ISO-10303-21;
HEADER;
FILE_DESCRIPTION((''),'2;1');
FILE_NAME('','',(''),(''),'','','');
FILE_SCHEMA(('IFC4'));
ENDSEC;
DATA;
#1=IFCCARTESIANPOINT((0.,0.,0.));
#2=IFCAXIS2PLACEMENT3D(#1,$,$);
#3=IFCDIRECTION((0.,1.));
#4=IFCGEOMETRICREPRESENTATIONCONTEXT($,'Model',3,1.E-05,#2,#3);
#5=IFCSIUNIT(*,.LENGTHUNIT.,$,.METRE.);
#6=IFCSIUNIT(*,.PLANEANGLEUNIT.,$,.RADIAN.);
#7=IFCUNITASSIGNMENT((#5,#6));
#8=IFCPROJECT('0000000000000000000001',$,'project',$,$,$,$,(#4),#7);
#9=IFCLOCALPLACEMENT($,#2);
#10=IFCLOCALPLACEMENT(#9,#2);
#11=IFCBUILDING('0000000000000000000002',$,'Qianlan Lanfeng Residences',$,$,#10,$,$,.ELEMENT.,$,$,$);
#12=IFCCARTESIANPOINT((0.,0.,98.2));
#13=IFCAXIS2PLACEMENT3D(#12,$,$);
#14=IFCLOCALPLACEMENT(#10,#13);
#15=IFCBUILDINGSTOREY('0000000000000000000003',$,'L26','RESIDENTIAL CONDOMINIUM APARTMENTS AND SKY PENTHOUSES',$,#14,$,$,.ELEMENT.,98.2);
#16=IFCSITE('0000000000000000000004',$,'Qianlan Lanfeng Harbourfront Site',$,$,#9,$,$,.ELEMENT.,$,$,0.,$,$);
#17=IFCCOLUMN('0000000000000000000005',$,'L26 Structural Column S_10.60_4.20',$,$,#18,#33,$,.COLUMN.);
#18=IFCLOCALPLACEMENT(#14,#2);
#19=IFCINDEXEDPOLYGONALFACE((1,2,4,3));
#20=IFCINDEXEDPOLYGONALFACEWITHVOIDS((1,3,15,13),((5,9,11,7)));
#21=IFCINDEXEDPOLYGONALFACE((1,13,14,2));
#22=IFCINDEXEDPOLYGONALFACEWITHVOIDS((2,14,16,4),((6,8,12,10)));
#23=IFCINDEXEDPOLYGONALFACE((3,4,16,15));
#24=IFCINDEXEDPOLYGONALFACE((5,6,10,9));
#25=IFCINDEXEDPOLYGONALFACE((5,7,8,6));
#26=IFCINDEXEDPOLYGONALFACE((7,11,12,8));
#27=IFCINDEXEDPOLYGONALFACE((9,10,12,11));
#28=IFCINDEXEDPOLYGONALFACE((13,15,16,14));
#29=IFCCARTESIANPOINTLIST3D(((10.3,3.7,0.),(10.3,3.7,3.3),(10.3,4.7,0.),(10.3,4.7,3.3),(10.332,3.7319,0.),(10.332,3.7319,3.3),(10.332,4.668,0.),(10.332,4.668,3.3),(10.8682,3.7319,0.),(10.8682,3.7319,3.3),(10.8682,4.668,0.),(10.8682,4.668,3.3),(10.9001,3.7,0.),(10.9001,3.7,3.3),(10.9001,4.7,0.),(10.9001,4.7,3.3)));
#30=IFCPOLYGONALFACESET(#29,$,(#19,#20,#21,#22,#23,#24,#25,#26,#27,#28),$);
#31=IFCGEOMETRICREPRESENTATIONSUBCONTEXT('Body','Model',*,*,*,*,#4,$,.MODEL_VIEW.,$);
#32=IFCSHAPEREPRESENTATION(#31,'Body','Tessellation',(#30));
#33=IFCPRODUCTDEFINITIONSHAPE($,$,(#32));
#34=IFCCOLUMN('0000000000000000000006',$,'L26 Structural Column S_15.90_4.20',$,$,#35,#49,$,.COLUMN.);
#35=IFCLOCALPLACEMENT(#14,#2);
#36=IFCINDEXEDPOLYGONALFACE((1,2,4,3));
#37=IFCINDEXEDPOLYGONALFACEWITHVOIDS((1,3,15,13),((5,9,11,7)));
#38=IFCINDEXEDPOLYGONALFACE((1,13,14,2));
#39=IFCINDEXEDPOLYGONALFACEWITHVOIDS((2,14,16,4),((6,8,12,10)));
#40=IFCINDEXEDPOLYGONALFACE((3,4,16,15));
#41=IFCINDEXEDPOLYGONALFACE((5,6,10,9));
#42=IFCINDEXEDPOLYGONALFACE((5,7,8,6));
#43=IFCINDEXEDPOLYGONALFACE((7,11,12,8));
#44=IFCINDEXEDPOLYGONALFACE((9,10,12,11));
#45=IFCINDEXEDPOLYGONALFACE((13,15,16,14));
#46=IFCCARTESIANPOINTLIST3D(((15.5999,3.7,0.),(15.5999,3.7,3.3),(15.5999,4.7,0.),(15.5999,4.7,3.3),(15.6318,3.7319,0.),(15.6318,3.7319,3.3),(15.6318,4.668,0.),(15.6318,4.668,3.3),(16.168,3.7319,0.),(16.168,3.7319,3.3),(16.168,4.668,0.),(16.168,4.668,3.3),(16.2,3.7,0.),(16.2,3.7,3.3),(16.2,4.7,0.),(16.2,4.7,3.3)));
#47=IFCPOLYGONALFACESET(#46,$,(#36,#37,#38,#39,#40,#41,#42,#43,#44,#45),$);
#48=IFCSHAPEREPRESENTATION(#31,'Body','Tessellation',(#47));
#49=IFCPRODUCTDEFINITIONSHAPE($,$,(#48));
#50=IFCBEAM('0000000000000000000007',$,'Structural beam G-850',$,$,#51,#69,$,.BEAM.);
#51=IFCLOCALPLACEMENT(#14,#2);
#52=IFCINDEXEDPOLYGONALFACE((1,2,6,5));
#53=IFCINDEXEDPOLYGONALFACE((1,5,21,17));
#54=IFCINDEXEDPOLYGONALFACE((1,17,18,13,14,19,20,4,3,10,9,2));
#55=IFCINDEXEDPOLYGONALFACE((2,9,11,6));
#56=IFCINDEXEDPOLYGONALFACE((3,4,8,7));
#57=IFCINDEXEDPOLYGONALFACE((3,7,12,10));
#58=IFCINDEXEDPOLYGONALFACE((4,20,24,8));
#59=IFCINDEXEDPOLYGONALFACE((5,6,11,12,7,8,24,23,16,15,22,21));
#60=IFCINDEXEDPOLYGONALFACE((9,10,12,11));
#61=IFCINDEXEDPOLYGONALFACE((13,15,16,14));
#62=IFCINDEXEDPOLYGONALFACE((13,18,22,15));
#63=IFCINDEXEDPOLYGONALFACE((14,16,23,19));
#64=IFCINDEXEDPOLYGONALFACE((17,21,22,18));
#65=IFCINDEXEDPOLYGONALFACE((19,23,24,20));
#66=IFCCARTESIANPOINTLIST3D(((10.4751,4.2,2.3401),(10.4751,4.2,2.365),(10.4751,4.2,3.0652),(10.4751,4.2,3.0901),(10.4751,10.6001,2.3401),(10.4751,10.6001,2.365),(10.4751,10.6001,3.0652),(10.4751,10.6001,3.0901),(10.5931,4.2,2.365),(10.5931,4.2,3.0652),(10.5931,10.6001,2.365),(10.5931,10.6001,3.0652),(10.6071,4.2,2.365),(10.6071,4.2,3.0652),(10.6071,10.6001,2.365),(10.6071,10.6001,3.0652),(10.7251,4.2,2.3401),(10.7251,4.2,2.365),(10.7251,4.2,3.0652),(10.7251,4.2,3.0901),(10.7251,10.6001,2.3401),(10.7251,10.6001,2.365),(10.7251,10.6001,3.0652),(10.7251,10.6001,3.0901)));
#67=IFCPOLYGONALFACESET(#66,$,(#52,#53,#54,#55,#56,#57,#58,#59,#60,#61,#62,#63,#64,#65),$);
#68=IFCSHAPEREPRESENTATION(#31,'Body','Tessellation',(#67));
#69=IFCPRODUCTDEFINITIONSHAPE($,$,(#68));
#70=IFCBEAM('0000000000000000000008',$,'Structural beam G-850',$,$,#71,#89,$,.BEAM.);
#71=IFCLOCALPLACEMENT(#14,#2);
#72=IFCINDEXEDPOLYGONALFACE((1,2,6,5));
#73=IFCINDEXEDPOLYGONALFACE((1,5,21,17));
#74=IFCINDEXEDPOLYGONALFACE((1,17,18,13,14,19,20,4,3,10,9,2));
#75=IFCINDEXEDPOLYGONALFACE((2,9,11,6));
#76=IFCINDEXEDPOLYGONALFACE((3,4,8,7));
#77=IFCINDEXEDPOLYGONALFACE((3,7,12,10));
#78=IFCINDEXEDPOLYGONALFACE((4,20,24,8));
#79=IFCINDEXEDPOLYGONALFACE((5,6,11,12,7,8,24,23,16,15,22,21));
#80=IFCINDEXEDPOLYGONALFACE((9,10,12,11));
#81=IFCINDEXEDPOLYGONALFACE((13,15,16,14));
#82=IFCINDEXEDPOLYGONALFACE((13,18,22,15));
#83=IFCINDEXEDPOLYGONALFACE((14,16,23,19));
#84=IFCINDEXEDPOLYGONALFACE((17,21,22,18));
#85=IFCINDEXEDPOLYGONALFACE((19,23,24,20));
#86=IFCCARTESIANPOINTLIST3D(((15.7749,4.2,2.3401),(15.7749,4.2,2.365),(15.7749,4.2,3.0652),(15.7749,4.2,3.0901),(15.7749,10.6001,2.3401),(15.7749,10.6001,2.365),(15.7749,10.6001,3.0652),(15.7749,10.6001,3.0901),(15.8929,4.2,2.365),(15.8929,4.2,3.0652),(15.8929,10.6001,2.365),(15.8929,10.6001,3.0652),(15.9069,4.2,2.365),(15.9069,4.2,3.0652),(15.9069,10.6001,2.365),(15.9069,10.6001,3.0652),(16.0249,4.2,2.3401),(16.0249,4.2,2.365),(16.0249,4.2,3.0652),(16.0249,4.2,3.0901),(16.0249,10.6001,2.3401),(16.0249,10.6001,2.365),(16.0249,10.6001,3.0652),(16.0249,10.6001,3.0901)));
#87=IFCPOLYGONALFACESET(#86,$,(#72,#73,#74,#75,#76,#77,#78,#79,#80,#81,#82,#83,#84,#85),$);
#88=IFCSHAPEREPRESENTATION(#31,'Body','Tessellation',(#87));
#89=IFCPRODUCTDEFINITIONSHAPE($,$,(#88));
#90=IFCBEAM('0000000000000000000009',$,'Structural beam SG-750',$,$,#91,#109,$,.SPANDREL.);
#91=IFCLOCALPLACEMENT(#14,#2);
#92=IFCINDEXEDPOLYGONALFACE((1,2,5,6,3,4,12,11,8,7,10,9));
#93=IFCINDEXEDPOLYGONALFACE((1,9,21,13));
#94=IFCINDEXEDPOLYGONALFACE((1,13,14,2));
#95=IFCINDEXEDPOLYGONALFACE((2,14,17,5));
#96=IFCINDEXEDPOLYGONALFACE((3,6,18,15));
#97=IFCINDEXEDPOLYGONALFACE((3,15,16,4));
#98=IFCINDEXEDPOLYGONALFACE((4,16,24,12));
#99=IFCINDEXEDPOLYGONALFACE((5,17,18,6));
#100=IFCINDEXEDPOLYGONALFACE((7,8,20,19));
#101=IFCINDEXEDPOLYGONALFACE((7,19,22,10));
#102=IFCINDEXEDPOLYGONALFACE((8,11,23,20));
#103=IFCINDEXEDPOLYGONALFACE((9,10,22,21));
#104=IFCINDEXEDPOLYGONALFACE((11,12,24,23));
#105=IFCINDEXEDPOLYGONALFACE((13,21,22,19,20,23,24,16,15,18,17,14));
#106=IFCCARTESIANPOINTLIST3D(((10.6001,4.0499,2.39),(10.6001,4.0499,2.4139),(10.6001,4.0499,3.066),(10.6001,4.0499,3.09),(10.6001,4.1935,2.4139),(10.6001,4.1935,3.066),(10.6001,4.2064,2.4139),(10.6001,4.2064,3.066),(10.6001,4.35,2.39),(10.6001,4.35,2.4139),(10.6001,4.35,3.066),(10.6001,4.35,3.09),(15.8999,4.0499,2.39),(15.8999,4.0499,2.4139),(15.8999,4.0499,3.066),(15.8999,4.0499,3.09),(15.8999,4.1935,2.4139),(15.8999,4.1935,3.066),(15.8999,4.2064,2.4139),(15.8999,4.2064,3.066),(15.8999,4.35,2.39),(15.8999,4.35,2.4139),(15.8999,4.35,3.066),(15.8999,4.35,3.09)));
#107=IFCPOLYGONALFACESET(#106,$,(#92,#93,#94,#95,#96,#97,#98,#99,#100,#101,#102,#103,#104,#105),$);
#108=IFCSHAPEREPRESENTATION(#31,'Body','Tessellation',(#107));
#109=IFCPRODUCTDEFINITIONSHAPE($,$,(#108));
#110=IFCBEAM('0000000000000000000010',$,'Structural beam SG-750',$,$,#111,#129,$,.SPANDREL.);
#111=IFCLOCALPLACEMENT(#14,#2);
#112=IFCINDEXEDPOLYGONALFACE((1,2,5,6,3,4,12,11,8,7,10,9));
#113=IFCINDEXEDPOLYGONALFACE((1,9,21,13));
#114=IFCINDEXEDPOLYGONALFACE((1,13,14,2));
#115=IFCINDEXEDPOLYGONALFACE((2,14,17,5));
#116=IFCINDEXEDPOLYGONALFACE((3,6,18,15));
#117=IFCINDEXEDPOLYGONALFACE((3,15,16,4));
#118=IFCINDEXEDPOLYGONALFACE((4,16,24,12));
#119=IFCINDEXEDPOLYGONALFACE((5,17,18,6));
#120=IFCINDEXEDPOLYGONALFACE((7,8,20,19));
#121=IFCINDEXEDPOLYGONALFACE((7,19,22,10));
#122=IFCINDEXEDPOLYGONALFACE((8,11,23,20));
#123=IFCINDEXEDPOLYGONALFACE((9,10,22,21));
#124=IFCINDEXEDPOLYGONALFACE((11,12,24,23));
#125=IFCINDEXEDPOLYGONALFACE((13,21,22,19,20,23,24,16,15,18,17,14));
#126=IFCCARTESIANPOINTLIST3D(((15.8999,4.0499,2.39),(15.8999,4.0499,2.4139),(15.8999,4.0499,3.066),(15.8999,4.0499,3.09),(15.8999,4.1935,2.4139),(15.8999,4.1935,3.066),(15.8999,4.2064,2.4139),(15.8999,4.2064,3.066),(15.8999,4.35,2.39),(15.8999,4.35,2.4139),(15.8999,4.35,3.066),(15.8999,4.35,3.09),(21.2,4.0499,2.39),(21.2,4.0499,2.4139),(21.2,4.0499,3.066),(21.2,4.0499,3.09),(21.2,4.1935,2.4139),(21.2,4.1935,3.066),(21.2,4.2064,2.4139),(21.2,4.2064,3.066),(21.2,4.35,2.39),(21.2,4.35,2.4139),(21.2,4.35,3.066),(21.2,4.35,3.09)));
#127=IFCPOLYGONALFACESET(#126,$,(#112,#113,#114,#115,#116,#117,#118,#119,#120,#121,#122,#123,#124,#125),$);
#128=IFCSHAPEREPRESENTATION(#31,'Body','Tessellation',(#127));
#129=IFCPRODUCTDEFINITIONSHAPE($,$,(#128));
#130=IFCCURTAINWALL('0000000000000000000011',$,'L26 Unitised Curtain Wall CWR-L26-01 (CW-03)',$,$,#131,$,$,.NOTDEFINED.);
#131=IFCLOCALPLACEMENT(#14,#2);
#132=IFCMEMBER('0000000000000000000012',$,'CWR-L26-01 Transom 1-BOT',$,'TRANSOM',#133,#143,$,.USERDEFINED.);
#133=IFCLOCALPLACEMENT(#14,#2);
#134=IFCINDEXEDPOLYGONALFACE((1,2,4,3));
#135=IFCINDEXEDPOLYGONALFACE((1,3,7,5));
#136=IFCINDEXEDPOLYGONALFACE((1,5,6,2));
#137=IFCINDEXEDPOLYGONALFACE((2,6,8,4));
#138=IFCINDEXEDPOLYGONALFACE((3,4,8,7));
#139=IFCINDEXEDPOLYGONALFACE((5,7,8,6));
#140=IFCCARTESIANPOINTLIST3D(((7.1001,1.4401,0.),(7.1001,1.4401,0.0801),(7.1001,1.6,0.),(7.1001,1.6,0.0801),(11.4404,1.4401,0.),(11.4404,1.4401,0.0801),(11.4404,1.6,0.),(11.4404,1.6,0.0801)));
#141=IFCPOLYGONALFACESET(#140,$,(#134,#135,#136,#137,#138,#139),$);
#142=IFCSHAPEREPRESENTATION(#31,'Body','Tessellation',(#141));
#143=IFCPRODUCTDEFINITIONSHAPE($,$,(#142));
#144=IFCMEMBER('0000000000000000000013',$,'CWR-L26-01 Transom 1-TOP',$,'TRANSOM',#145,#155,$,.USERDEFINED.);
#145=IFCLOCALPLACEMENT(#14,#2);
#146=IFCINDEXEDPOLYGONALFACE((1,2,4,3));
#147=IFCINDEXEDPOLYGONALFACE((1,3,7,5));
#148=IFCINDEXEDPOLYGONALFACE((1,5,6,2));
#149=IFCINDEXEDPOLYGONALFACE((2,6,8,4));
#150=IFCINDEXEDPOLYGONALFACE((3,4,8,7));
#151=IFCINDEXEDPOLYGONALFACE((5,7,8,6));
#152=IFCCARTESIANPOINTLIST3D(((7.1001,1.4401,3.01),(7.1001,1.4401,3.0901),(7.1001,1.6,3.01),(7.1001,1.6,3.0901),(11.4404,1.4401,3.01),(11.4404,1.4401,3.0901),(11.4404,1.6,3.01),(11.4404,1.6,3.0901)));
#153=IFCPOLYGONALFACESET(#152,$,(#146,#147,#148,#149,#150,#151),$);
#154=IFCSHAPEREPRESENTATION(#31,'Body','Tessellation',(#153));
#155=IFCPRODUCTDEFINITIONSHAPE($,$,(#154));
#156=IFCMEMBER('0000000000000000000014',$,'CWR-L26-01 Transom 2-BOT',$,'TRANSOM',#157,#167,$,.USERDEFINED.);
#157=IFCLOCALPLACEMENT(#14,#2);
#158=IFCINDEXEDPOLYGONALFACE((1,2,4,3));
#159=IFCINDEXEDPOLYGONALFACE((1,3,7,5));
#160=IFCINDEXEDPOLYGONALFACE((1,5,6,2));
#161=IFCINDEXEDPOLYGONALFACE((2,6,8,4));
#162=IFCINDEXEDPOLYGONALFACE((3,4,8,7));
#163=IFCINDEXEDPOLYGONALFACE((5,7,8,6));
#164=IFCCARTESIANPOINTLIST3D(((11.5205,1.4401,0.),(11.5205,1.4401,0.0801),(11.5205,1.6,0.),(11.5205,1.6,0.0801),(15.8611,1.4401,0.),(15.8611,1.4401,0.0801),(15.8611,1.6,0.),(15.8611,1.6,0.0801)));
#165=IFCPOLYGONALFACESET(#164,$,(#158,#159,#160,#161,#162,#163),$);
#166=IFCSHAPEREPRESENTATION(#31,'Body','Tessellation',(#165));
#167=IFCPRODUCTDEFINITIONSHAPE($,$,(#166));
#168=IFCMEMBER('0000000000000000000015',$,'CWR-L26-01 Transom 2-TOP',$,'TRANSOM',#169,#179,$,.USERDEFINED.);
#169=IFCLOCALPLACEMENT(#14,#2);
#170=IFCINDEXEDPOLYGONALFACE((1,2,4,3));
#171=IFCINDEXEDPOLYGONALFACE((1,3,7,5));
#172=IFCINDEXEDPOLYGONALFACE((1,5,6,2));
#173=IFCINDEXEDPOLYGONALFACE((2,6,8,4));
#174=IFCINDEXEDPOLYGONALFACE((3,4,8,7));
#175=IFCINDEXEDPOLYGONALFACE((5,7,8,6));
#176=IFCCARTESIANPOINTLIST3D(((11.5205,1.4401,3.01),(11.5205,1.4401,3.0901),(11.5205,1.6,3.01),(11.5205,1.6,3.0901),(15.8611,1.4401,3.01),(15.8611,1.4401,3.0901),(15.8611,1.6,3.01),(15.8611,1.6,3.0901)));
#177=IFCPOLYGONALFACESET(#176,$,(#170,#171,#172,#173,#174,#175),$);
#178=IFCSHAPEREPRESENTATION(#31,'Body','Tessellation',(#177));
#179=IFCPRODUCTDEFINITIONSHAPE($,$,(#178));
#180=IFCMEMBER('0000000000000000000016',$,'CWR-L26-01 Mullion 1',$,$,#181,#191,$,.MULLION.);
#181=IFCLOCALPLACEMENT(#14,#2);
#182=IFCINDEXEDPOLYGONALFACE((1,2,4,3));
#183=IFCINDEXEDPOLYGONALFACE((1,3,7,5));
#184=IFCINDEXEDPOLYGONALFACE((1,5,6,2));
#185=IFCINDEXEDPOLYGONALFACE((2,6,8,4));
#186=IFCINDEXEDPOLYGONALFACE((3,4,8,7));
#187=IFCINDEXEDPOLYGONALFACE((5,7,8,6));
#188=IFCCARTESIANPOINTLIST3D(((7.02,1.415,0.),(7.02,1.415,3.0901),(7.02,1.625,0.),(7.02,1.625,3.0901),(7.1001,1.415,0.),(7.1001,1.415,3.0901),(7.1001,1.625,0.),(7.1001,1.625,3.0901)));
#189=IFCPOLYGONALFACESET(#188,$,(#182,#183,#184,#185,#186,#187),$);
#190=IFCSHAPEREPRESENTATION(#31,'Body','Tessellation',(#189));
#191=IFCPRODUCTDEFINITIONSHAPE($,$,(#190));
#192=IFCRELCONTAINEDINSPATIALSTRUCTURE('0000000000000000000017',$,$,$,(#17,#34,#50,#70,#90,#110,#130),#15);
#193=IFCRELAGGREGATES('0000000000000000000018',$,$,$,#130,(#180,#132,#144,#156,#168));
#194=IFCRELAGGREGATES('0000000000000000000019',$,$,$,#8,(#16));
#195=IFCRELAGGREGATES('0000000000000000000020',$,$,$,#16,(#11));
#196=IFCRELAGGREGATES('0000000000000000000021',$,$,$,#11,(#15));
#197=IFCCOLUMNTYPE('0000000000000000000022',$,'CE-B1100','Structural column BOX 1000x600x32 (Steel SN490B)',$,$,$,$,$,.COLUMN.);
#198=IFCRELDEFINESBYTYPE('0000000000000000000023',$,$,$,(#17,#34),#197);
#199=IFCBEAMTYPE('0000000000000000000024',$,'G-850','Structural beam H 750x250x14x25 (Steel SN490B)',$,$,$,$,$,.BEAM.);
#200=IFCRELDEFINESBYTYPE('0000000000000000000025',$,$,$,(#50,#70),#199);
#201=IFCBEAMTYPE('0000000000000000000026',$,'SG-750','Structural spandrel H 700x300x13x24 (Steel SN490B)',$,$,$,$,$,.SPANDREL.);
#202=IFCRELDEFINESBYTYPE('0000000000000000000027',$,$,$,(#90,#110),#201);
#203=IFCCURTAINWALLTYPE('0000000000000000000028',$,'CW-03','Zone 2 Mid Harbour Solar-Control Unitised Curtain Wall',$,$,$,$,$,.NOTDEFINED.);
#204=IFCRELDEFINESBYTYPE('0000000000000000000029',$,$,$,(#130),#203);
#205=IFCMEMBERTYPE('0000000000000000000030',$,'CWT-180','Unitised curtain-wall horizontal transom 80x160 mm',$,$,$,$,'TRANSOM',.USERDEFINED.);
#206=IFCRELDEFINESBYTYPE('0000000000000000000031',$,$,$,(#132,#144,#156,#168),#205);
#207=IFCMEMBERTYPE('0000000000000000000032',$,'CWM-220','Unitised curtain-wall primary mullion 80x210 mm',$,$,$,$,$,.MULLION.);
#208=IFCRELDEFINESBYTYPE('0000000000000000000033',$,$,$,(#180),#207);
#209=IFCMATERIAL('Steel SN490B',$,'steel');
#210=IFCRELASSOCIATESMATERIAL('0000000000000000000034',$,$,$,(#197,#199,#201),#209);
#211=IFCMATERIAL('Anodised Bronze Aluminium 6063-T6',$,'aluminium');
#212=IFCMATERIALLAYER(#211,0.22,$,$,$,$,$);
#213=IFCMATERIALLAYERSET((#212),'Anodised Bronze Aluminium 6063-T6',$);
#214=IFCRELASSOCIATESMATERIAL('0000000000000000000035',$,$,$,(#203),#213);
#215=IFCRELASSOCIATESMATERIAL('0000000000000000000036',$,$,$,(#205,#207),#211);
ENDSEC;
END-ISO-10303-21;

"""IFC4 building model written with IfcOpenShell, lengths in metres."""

from ifc_helpers import new_model, si_unit, direction, frame, origin, origin_2d, place, context, subcontext, project, spatial, rectangle, hollow_rectangle, i_section, extrude, source, transform, mapped, material, layer, layer_set, material_profile, profile_set, type_object, element, aggregate, save


model = new_model("IFC4")

# Units and contexts
model_context = context("Model", 3, precision=1e-05, world=origin(), true_north=direction((0.0, 1.0)))
body_context = subcontext(model_context, "Body", "Model", "MODEL_VIEW")
ifc_project = project(units=[si_unit("LENGTHUNIT", "METRE"), si_unit("PLANEANGLEUNIT", "RADIAN")], contexts=[model_context])

# Site, building, storey
site_placement = place(None, origin())
site = spatial("IfcSite", under=ifc_project, at=site_placement, Name="Qianlan Lanfeng Harbourfront Site", CompositionType="ELEMENT", RefElevation=0.0)
building_placement = place(site_placement, origin())
building = spatial("IfcBuilding", under=site, at=building_placement, Name="Qianlan Lanfeng Residences", CompositionType="ELEMENT")
storey_placement = place(building_placement, frame((0.0, 0.0, 98.2)))
storey = spatial("IfcBuildingStorey", under=building, at=storey_placement, Name="L26", Description="RESIDENTIAL CONDOMINIUM APARTMENTS AND SKY PENTHOUSES", CompositionType="ELEMENT", Elevation=98.2)

# Columns
ifc_material_1 = material(Name="Steel SN490B", Category="steel")
ifc_material_profile_1 = material_profile(ifc_material_1, hollow_rectangle(XDim=0.6001, YDim=1.0, WallThickness=0.032, at=origin_2d()), Name="BOX 1000x600x32")
ifc_profile_set_1 = profile_set([ifc_material_profile_1], Name="Steel SN490B")
column_type = type_object("IfcColumnType", Name="CE-B1100", Description="Structural column BOX 1000x600x32 (Steel SN490B)", PredefinedType="COLUMN", material=ifc_profile_set_1)
for number, where, z_axis, x_axis, name in (
    (1, (10.6001, 4.2, 0.0), (0.0, 0.0, 1.0), (1.0, 0.0, 0.0), "L26 Structural Column S_10.60_4.20"),
    (2, (15.8999, 4.2, 0.0), (0.0, 0.0, 1.0), (1.0, 0.0, 0.0), "L26 Structural Column S_15.90_4.20"),
):
    element("IfcColumn", number, at=place(storey_placement, frame(where, z_axis=z_axis, x_axis=x_axis)), inside=storey, type_object=column_type, Name=name, PredefinedType="COLUMN", context=body_context, shape_type="SweptSolid", body=[
        extrude(hollow_rectangle(XDim=0.6001, YDim=1.0, WallThickness=0.032, at=origin_2d()), origin(), (0.0, 0.0, 1.0), 3.3),
    ])

# Beams
ifc_material_profile_2 = material_profile(ifc_material_1, i_section(OverallWidth=0.25, OverallDepth=0.75, WebThickness=0.0139, FlangeThickness=0.0249, at=origin_2d()), Name="H 750x250x14x25")
ifc_profile_set_2 = profile_set([ifc_material_profile_2], Name="Steel SN490B")
beam_type_1 = type_object("IfcBeamType", Name="G-850", Description="Structural beam H 750x250x14x25 (Steel SN490B)", PredefinedType="BEAM", material=ifc_profile_set_2)
for number, where, z_axis, x_axis, name in (
    (3, (10.6001, 4.2, 2.7151), (0.0, 1.0, 0.0), (-1.0, 0.0, 0.0), "Structural beam G-850"),
    (4, (15.8999, 4.2, 2.7151), (0.0, 1.0, 0.0), (-1.0, 0.0, 0.0), "Structural beam G-850"),
):
    element("IfcBeam", number, at=place(storey_placement, frame(where, z_axis=z_axis, x_axis=x_axis)), inside=storey, type_object=beam_type_1, Name=name, PredefinedType="BEAM", context=body_context, shape_type="SweptSolid", body=[
        extrude(i_section(OverallWidth=0.25, OverallDepth=0.75, WebThickness=0.0139, FlangeThickness=0.0249, at=origin_2d()), origin(), (0.0, 0.0, 1.0), 6.4001),
    ])
ifc_material_profile_3 = material_profile(ifc_material_1, i_section(OverallWidth=0.3, OverallDepth=0.7, WebThickness=0.0129, FlangeThickness=0.0239, at=origin_2d()), Name="H 700x300x13x24")
ifc_profile_set_3 = profile_set([ifc_material_profile_3], Name="Steel SN490B")
beam_type_2 = type_object("IfcBeamType", Name="SG-750", Description="Structural spandrel H 700x300x13x24 (Steel SN490B)", PredefinedType="SPANDREL", material=ifc_profile_set_3)
beam_1_placement = place(storey_placement, frame((10.6001, 4.2, 2.74), z_axis=(1.0, 0.0, 0.0), x_axis=(0.0, 1.0, 0.0)))
element("IfcBeam", 5, at=beam_1_placement, inside=storey, type_object=beam_type_2, Name="Structural beam SG-750", PredefinedType="SPANDREL", context=body_context, shape_type="SweptSolid", body=[
    extrude(i_section(OverallWidth=0.3, OverallDepth=0.7, WebThickness=0.0129, FlangeThickness=0.0239, at=origin_2d()), origin(), (0.0, 0.0, 1.0), 5.2998),
])
beam_2_placement = place(storey_placement, frame((15.8999, 4.2, 2.74), z_axis=(1.0, 0.0, 0.0), x_axis=(0.0, 1.0, 0.0)))
element("IfcBeam", 6, at=beam_2_placement, inside=storey, type_object=beam_type_2, Name="Structural beam SG-750", PredefinedType="SPANDREL", context=body_context, shape_type="SweptSolid", body=[
    extrude(i_section(OverallWidth=0.3, OverallDepth=0.7, WebThickness=0.0129, FlangeThickness=0.0239, at=origin_2d()), origin(), (0.0, 0.0, 1.0), 5.3),
])

# Curtain wall, members
ifc_material_2 = material(Name="Anodised Bronze Aluminium 6063-T6", Category="aluminium")
ifc_layer_1 = layer(ifc_material_2, 0.22)
ifc_layer_set_1 = layer_set([ifc_layer_1], Name="Anodised Bronze Aluminium 6063-T6")
curtain_wall_type = type_object("IfcCurtainWallType", Name="CW-03", Description="Zone 2 Mid Harbour Solar-Control Unitised Curtain Wall", PredefinedType="NOTDEFINED", material=ifc_layer_set_1)
curtain_wall_placement = place(storey_placement, origin())
curtain_wall = element("IfcCurtainWall", 7, at=curtain_wall_placement, inside=storey, type_object=curtain_wall_type, Name="L26 Unitised Curtain Wall CWR-L26-01 (CW-03)", PredefinedType="NOTDEFINED")
ifc_material_profile_4 = material_profile(ifc_material_2, rectangle(XDim=0.0801, YDim=0.1599, at=origin_2d()), Name="ALU TRANSOM 80x160")
ifc_profile_set_4 = profile_set([ifc_material_profile_4], Name="Anodised Bronze Aluminium 6063-T6")
member_type_1 = type_object("IfcMemberType", Name="CWT-180", Description="Unitised curtain-wall horizontal transom 80x160 mm", ElementType="TRANSOM", PredefinedType="USERDEFINED", material=ifc_profile_set_4)
shared_shape_1 = source(origin(), body_context, "Body", "SweptSolid", [
    extrude(rectangle(XDim=0.0801, YDim=0.1599, at=origin_2d()), origin(), (0.0, 0.0, 1.0), 4.3403),
])
member_1_placement = place(storey_placement, frame((7.1001, 1.52, 0.04), z_axis=(1.0, 0.0, 0.0), x_axis=(0.0, 0.0, 1.0)))
member_1 = element("IfcMember", 8, at=member_1_placement, type_object=member_type_1, Name="CWR-L26-01 Transom 1-BOT", ObjectType="TRANSOM", PredefinedType="USERDEFINED", context=body_context, shape_type="MappedRepresentation", body=[
    mapped(shared_shape_1, transform((0.0, 0.0, 0.0), scale=1.0)),
])
member_2_placement = place(storey_placement, frame((7.1001, 1.52, 3.05), z_axis=(1.0, 0.0, 0.0), x_axis=(0.0, 0.0, 1.0)))
member_2 = element("IfcMember", 9, at=member_2_placement, type_object=member_type_1, Name="CWR-L26-01 Transom 1-TOP", ObjectType="TRANSOM", PredefinedType="USERDEFINED", context=body_context, shape_type="MappedRepresentation", body=[
    mapped(shared_shape_1, transform((0.0, 0.0, 0.0), scale=1.0)),
])
shared_shape_2 = source(origin(), body_context, "Body", "SweptSolid", [
    extrude(rectangle(XDim=0.0801, YDim=0.1599, at=origin_2d()), origin(), (0.0, 0.0, 1.0), 4.3406),
])
member_3_placement = place(storey_placement, frame((11.5205, 1.52, 0.04), z_axis=(1.0, 0.0, 0.0), x_axis=(0.0, 0.0, 1.0)))
member_3 = element("IfcMember", 10, at=member_3_placement, type_object=member_type_1, Name="CWR-L26-01 Transom 2-BOT", ObjectType="TRANSOM", PredefinedType="USERDEFINED", context=body_context, shape_type="MappedRepresentation", body=[
    mapped(shared_shape_2, transform((0.0, 0.0, 0.0), scale=1.0)),
])
member_4_placement = place(storey_placement, frame((11.5205, 1.52, 3.05), z_axis=(1.0, 0.0, 0.0), x_axis=(0.0, 0.0, 1.0)))
member_4 = element("IfcMember", 11, at=member_4_placement, type_object=member_type_1, Name="CWR-L26-01 Transom 2-TOP", ObjectType="TRANSOM", PredefinedType="USERDEFINED", context=body_context, shape_type="MappedRepresentation", body=[
    mapped(shared_shape_2, transform((0.0, 0.0, 0.0), scale=1.0)),
])
ifc_material_profile_5 = material_profile(ifc_material_2, rectangle(XDim=0.0801, YDim=0.21, at=origin_2d()), Name="ALU MULLION 80x210")
ifc_profile_set_5 = profile_set([ifc_material_profile_5], Name="Anodised Bronze Aluminium 6063-T6")
member_type_2 = type_object("IfcMemberType", Name="CWM-220", Description="Unitised curtain-wall primary mullion 80x210 mm", PredefinedType="MULLION", material=ifc_profile_set_5)
shared_shape_3 = source(origin(), body_context, "Body", "SweptSolid", [
    extrude(rectangle(XDim=0.0801, YDim=0.21, at=origin_2d()), origin(), (0.0, 0.0, 1.0), 3.0901),
])
member_5_placement = place(storey_placement, frame((7.0601, 1.52, 0.0), z_axis=(0.0, 0.0, 1.0), x_axis=(1.0, 0.0, 0.0)))
member_5 = element("IfcMember", 12, at=member_5_placement, type_object=member_type_2, Name="CWR-L26-01 Mullion 1", PredefinedType="MULLION", context=body_context, shape_type="MappedRepresentation", body=[
    mapped(shared_shape_3, transform((0.0, 0.0, 0.0), scale=1.0)),
])
aggregate(curtain_wall, [member_5, member_1, member_2, member_3, member_4])

save(model, "model.ifc")
